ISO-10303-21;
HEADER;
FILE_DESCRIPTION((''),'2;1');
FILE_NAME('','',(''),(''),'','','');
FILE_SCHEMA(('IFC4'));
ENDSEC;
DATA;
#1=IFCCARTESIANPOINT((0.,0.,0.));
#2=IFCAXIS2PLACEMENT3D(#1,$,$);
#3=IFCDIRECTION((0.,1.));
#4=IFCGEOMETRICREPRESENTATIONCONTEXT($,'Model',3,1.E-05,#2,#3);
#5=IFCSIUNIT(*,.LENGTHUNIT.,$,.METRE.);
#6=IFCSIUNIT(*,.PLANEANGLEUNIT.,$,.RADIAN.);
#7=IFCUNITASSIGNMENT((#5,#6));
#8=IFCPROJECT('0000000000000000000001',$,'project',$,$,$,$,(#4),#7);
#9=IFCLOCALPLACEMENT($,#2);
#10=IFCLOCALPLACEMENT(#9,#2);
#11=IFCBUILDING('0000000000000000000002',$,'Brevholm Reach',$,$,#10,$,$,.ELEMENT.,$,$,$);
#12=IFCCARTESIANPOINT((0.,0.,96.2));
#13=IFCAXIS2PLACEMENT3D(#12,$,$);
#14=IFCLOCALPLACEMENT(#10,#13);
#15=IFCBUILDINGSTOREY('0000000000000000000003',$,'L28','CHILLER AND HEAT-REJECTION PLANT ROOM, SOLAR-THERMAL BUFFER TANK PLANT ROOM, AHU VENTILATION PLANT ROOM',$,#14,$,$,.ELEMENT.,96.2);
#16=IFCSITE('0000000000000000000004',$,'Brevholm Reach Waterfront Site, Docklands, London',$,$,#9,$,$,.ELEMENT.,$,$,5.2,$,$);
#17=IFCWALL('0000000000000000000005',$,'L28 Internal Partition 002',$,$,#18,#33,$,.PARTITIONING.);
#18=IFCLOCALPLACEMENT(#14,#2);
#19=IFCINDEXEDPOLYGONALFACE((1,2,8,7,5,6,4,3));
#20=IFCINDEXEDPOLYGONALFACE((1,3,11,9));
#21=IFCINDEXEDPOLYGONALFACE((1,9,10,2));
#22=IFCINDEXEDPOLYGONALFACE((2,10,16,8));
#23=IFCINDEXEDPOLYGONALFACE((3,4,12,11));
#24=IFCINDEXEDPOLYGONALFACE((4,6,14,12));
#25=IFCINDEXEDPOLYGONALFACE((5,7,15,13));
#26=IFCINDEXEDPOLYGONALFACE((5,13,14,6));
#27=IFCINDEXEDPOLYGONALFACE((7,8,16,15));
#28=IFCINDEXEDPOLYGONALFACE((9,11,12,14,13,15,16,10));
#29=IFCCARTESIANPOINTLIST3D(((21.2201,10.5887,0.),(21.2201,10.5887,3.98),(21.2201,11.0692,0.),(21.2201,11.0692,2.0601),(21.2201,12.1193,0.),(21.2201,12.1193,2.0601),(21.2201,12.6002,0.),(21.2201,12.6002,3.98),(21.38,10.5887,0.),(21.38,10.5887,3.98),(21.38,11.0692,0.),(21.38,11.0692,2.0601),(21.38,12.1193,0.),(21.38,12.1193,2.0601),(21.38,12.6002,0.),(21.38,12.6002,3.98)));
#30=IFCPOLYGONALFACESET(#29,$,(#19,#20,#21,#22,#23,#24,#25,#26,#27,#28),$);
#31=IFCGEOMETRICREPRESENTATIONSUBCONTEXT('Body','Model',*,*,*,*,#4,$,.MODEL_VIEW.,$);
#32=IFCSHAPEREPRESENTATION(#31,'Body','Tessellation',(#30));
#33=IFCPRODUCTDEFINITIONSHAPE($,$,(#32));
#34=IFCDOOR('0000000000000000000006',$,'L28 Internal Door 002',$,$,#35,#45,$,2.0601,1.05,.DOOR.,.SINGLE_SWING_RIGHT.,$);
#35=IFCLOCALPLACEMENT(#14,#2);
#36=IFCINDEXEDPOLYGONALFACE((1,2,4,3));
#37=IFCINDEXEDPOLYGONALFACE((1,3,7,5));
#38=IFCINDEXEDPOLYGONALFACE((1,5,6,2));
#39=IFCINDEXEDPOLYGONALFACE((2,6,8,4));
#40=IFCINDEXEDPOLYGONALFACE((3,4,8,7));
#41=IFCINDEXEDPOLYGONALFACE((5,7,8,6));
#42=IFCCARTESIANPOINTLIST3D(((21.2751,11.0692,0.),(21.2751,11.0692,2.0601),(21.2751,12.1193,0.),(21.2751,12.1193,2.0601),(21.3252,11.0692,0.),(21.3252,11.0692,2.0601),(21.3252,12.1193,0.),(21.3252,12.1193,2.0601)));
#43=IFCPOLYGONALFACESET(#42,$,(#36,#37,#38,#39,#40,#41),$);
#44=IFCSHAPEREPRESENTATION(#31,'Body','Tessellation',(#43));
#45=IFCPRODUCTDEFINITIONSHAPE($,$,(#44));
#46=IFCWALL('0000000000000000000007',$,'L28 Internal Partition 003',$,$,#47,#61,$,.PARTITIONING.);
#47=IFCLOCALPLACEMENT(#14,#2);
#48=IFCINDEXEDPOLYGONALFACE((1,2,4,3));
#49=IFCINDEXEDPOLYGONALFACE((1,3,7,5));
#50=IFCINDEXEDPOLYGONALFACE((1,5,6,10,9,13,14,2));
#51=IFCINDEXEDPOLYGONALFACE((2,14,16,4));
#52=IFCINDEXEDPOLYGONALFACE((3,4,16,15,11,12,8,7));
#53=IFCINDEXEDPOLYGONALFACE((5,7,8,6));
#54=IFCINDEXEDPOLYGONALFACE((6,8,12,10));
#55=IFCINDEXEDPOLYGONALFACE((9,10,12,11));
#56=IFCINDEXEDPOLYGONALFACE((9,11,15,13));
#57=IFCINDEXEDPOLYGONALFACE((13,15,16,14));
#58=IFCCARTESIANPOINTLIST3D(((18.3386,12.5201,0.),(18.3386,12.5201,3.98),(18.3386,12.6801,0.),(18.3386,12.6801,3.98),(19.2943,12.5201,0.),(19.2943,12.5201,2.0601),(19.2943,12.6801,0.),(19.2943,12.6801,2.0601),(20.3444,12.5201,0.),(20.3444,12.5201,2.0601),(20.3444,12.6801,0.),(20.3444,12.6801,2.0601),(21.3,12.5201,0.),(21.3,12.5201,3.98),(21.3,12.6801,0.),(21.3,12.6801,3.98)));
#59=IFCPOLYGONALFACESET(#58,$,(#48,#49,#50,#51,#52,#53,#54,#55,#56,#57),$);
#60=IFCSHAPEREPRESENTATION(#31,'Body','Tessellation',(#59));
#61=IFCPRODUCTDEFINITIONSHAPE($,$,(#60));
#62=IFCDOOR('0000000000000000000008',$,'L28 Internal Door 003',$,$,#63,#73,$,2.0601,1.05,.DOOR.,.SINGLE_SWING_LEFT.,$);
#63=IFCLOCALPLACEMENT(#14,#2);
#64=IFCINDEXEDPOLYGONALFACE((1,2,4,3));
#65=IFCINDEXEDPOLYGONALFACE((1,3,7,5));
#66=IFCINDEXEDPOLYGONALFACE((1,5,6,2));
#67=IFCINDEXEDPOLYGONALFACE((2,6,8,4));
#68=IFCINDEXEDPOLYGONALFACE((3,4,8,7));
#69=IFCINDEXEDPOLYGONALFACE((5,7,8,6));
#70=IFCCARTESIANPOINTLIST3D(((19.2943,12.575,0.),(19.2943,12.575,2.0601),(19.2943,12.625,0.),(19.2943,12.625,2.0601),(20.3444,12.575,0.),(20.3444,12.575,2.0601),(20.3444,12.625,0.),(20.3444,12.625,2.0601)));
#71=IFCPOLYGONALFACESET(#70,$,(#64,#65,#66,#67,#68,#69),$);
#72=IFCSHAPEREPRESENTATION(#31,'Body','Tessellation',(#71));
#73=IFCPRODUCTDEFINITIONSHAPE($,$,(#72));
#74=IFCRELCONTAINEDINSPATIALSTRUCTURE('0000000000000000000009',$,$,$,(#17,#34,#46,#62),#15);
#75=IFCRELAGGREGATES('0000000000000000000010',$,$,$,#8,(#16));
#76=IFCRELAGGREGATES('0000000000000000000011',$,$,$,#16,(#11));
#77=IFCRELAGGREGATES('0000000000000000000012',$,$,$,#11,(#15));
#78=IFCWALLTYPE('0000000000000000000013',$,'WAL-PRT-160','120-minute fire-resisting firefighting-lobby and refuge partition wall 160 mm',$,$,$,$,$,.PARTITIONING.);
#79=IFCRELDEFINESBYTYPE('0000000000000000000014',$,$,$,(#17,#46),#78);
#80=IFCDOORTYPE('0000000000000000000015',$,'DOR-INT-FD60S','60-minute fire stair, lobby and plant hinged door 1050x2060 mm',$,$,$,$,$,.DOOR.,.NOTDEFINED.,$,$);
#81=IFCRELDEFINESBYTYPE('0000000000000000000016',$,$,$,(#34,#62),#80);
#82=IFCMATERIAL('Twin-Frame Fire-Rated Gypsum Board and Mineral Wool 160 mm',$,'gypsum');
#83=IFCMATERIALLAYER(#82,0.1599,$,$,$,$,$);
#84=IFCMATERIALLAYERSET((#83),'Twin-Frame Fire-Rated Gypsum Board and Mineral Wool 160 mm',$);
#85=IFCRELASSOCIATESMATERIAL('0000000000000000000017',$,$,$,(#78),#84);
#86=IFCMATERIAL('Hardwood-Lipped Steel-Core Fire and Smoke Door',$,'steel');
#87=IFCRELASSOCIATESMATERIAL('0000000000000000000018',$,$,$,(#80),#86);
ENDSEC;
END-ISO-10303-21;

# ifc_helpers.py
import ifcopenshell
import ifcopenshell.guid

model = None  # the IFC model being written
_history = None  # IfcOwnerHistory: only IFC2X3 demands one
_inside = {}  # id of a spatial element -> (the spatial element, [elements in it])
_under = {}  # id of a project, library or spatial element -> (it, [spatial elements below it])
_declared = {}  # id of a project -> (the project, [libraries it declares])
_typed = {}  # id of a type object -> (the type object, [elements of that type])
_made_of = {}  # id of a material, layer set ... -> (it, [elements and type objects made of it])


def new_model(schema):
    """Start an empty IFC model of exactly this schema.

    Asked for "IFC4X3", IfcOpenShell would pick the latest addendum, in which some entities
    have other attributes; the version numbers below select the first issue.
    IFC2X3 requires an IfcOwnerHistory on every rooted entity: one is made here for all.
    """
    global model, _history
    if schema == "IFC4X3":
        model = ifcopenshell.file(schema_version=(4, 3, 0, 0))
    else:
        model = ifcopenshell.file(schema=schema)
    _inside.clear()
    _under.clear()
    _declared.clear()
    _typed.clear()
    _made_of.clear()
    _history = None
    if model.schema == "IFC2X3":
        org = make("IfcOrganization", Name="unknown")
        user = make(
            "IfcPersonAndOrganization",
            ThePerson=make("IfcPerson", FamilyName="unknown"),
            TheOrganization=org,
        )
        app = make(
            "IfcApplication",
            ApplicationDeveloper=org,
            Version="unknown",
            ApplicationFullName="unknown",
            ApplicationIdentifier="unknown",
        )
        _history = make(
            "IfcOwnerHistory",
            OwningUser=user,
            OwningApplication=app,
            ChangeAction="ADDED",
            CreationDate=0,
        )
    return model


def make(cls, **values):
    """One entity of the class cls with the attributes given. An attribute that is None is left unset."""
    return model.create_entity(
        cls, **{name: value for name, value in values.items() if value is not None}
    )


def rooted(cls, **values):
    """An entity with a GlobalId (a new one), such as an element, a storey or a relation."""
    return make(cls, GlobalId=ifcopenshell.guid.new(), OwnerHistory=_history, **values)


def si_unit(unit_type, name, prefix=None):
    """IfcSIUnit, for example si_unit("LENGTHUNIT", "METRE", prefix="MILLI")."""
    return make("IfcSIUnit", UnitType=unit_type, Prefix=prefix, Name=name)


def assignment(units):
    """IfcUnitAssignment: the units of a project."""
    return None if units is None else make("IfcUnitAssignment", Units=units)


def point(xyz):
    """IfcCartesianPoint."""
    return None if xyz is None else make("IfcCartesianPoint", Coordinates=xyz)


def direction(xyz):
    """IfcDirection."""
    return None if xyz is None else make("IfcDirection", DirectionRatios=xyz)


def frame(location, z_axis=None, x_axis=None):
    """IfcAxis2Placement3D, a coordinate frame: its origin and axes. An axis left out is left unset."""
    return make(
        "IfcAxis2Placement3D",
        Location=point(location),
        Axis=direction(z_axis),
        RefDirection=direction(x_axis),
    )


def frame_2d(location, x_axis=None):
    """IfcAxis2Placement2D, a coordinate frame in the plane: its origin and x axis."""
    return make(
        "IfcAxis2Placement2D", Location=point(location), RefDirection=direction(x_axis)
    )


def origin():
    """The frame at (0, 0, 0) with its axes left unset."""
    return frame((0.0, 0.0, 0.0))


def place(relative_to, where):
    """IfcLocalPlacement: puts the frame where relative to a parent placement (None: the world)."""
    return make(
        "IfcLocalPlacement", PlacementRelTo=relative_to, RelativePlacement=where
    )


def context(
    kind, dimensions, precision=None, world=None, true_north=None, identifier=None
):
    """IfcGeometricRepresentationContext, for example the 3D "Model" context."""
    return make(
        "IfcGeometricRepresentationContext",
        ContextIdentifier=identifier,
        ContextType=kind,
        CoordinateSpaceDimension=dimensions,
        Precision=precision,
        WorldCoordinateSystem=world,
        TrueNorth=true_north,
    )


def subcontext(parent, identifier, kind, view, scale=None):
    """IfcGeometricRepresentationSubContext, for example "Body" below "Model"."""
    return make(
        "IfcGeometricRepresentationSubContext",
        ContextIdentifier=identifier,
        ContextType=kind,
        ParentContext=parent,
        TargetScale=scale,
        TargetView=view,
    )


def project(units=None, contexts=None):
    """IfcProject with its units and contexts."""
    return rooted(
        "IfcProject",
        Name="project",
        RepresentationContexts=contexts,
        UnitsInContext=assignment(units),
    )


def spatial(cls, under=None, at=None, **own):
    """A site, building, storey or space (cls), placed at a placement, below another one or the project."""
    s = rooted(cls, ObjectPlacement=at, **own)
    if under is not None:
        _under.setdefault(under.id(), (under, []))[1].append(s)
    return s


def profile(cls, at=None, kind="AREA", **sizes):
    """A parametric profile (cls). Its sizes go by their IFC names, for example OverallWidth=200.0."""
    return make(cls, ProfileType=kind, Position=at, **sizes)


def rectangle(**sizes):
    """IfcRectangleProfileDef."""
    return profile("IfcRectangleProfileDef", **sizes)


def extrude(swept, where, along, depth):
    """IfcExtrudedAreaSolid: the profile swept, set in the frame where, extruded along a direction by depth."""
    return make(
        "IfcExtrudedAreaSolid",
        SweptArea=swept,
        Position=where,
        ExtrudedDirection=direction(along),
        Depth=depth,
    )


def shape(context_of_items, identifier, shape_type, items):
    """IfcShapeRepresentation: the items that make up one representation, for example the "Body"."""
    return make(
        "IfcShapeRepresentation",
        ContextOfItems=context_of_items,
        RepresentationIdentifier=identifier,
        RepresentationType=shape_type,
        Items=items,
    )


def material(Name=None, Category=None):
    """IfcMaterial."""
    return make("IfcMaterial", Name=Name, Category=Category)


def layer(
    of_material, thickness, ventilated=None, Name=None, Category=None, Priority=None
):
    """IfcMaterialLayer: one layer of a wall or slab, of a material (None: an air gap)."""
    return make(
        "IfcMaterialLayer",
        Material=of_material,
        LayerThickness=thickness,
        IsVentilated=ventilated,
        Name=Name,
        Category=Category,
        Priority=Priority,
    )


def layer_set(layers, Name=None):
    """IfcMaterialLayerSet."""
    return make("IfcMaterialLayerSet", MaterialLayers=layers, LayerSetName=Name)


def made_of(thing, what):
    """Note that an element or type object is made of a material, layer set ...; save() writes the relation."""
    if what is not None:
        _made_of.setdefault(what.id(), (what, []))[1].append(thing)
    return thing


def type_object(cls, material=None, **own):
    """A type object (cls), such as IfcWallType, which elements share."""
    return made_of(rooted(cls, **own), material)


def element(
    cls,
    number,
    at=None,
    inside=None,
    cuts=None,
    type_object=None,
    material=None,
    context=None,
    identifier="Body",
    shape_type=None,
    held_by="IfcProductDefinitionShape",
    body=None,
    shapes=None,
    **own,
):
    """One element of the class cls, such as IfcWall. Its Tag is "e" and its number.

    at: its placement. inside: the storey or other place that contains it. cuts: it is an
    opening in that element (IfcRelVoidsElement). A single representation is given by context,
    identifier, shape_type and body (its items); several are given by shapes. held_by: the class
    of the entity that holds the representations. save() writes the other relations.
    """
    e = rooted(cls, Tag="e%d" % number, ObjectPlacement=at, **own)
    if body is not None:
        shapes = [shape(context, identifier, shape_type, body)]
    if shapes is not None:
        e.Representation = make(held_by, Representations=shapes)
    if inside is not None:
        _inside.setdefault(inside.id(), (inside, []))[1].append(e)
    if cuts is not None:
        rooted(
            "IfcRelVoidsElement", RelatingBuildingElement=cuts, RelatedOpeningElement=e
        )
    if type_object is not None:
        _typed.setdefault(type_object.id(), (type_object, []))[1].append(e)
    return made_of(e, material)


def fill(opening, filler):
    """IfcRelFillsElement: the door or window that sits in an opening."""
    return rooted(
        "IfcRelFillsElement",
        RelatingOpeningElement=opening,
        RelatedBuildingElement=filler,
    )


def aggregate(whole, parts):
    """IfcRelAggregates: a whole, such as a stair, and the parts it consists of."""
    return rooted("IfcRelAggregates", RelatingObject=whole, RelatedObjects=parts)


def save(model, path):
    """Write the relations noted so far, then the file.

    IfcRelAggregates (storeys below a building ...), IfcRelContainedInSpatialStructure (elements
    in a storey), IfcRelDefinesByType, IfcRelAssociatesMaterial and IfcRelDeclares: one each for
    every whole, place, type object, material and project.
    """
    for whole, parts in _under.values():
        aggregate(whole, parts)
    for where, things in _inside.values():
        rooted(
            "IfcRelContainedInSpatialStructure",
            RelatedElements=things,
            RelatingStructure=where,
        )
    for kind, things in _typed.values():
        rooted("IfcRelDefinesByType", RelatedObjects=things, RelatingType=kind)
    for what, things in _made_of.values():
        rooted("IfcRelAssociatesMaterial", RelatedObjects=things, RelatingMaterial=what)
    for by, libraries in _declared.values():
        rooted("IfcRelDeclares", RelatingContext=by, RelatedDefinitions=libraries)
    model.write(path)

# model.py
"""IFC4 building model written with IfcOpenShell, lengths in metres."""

from ifc_helpers import new_model, si_unit, direction, frame, frame_2d, origin, place, context, subcontext, project, spatial, rectangle, extrude, material, layer, layer_set, type_object, element, fill, save


model = new_model("IFC4")

# Units and contexts
model_context = context("Model", 3, precision=1e-05, world=origin(), true_north=direction((0.0, 1.0)))
body_context = subcontext(model_context, "Body", "Model", "MODEL_VIEW")
ifc_project = project(units=[si_unit("LENGTHUNIT", "METRE"), si_unit("PLANEANGLEUNIT", "RADIAN")], contexts=[model_context])

# Site, building, storey
site_placement = place(None, origin())
site = spatial("IfcSite", under=ifc_project, at=site_placement, Name="Brevholm Reach Waterfront Site, Docklands, London", CompositionType="ELEMENT", RefElevation=5.2)
building_placement = place(site_placement, origin())
building = spatial("IfcBuilding", under=site, at=building_placement, Name="Brevholm Reach", CompositionType="ELEMENT")
storey_placement = place(building_placement, frame((0.0, 0.0, 96.2)))
storey = spatial("IfcBuildingStorey", under=building, at=storey_placement, Name="L28", Description="CHILLER AND HEAT-REJECTION PLANT ROOM, SOLAR-THERMAL BUFFER TANK PLANT ROOM, AHU VENTILATION PLANT ROOM", CompositionType="ELEMENT", Elevation=96.2)

# Walls, openings, doors
ifc_material_1 = material(Name="Twin-Frame Fire-Rated Gypsum Board and Mineral Wool 160 mm", Category="gypsum")
ifc_layer_1 = layer(ifc_material_1, 0.1599)
ifc_layer_set_1 = layer_set([ifc_layer_1], Name="Twin-Frame Fire-Rated Gypsum Board and Mineral Wool 160 mm")
wall_type_1 = type_object("IfcWallType", Name="WAL-PRT-160", Description="120-minute fire-resisting firefighting-lobby and refuge partition wall 160 mm", PredefinedType="PARTITIONING", material=ifc_layer_set_1)
wall_1_placement = place(storey_placement, frame((21.3, 10.5886, 0.0), z_axis=(0.0, 0.0, 1.0), x_axis=(0.0, 1.0, 0.0)))
wall_1 = element("IfcWall", 1, at=wall_1_placement, inside=storey, type_object=wall_type_1, Name="L28 Internal Partition 002", PredefinedType="PARTITIONING", context=body_context, shape_type="SweptSolid", body=[
    extrude(rectangle(XDim=2.0115, YDim=0.1599, at=frame_2d((1.0059, 0.0))), origin(), (0.0, 0.0, 1.0), 3.98),
])
opening_1_placement = place(wall_1_placement, frame((0.4807, 0.0, 0.0)))
opening_1 = element("IfcOpeningElement", 2, at=opening_1_placement, cuts=wall_1, PredefinedType="OPENING", context=body_context, shape_type="SweptSolid", body=[
    extrude(rectangle(XDim=1.05, YDim=2.0601, at=frame_2d((0.5249, 1.03))), frame((0.0, 0.0898, 0.0), z_axis=(0.0, -1.0, 0.0), x_axis=(1.0, 0.0, 0.0)), (0.0, 0.0, 1.0), 0.1799),
])
ifc_material_2 = material(Name="Hardwood-Lipped Steel-Core Fire and Smoke Door", Category="steel")
door_type_1 = type_object("IfcDoorType", Name="DOR-INT-FD60S", Description="60-minute fire stair, lobby and plant hinged door 1050x2060 mm", OperationType="NOTDEFINED", PredefinedType="DOOR", material=ifc_material_2)
door_1_placement = place(opening_1_placement, origin())
door_1 = element("IfcDoor", 3, at=door_1_placement, inside=storey, type_object=door_type_1, Name="L28 Internal Door 002", OperationType="SINGLE_SWING_RIGHT", OverallHeight=2.0601, OverallWidth=1.05, PredefinedType="DOOR", context=body_context, shape_type="SweptSolid", body=[
    extrude(rectangle(XDim=1.05, YDim=2.0601, at=frame_2d((0.5249, 1.03))), frame((0.0, 0.0249, 0.0), z_axis=(0.0, -1.0, 0.0), x_axis=(1.0, 0.0, 0.0)), (0.0, 0.0, 1.0), 0.05),
])
fill(opening_1, door_1)
wall_2_placement = place(storey_placement, frame((18.3386, 12.6001, 0.0), z_axis=(0.0, 0.0, 1.0), x_axis=(1.0, 0.0, 0.0)))
wall_2 = element("IfcWall", 4, at=wall_2_placement, inside=storey, type_object=wall_type_1, Name="L28 Internal Partition 003", PredefinedType="PARTITIONING", context=body_context, shape_type="SweptSolid", body=[
    extrude(rectangle(XDim=2.9614, YDim=0.1599, at=frame_2d((1.4807, 0.0))), origin(), (0.0, 0.0, 1.0), 3.98),
])
opening_2_placement = place(wall_2_placement, frame((0.9558, 0.0, 0.0)))
opening_2 = element("IfcOpeningElement", 5, at=opening_2_placement, cuts=wall_2, PredefinedType="OPENING", context=body_context, shape_type="SweptSolid", body=[
    extrude(rectangle(XDim=1.05, YDim=2.0601, at=frame_2d((0.5249, 1.03))), frame((0.0, 0.0898, 0.0), z_axis=(0.0, -1.0, 0.0), x_axis=(1.0, 0.0, 0.0)), (0.0, 0.0, 1.0), 0.1799),
])
door_2_placement = place(opening_2_placement, origin())
door_2 = element("IfcDoor", 6, at=door_2_placement, inside=storey, type_object=door_type_1, Name="L28 Internal Door 003", OperationType="SINGLE_SWING_LEFT", OverallHeight=2.0601, OverallWidth=1.05, PredefinedType="DOOR", context=body_context, shape_type="SweptSolid", body=[
    extrude(rectangle(XDim=1.05, YDim=2.0601, at=frame_2d((0.5249, 1.03))), frame((0.0, 0.0249, 0.0), z_axis=(0.0, -1.0, 0.0), x_axis=(1.0, 0.0, 0.0)), (0.0, 0.0, 1.0), 0.05),
])
fill(opening_2, door_2)

save(model, "model.ifc")
